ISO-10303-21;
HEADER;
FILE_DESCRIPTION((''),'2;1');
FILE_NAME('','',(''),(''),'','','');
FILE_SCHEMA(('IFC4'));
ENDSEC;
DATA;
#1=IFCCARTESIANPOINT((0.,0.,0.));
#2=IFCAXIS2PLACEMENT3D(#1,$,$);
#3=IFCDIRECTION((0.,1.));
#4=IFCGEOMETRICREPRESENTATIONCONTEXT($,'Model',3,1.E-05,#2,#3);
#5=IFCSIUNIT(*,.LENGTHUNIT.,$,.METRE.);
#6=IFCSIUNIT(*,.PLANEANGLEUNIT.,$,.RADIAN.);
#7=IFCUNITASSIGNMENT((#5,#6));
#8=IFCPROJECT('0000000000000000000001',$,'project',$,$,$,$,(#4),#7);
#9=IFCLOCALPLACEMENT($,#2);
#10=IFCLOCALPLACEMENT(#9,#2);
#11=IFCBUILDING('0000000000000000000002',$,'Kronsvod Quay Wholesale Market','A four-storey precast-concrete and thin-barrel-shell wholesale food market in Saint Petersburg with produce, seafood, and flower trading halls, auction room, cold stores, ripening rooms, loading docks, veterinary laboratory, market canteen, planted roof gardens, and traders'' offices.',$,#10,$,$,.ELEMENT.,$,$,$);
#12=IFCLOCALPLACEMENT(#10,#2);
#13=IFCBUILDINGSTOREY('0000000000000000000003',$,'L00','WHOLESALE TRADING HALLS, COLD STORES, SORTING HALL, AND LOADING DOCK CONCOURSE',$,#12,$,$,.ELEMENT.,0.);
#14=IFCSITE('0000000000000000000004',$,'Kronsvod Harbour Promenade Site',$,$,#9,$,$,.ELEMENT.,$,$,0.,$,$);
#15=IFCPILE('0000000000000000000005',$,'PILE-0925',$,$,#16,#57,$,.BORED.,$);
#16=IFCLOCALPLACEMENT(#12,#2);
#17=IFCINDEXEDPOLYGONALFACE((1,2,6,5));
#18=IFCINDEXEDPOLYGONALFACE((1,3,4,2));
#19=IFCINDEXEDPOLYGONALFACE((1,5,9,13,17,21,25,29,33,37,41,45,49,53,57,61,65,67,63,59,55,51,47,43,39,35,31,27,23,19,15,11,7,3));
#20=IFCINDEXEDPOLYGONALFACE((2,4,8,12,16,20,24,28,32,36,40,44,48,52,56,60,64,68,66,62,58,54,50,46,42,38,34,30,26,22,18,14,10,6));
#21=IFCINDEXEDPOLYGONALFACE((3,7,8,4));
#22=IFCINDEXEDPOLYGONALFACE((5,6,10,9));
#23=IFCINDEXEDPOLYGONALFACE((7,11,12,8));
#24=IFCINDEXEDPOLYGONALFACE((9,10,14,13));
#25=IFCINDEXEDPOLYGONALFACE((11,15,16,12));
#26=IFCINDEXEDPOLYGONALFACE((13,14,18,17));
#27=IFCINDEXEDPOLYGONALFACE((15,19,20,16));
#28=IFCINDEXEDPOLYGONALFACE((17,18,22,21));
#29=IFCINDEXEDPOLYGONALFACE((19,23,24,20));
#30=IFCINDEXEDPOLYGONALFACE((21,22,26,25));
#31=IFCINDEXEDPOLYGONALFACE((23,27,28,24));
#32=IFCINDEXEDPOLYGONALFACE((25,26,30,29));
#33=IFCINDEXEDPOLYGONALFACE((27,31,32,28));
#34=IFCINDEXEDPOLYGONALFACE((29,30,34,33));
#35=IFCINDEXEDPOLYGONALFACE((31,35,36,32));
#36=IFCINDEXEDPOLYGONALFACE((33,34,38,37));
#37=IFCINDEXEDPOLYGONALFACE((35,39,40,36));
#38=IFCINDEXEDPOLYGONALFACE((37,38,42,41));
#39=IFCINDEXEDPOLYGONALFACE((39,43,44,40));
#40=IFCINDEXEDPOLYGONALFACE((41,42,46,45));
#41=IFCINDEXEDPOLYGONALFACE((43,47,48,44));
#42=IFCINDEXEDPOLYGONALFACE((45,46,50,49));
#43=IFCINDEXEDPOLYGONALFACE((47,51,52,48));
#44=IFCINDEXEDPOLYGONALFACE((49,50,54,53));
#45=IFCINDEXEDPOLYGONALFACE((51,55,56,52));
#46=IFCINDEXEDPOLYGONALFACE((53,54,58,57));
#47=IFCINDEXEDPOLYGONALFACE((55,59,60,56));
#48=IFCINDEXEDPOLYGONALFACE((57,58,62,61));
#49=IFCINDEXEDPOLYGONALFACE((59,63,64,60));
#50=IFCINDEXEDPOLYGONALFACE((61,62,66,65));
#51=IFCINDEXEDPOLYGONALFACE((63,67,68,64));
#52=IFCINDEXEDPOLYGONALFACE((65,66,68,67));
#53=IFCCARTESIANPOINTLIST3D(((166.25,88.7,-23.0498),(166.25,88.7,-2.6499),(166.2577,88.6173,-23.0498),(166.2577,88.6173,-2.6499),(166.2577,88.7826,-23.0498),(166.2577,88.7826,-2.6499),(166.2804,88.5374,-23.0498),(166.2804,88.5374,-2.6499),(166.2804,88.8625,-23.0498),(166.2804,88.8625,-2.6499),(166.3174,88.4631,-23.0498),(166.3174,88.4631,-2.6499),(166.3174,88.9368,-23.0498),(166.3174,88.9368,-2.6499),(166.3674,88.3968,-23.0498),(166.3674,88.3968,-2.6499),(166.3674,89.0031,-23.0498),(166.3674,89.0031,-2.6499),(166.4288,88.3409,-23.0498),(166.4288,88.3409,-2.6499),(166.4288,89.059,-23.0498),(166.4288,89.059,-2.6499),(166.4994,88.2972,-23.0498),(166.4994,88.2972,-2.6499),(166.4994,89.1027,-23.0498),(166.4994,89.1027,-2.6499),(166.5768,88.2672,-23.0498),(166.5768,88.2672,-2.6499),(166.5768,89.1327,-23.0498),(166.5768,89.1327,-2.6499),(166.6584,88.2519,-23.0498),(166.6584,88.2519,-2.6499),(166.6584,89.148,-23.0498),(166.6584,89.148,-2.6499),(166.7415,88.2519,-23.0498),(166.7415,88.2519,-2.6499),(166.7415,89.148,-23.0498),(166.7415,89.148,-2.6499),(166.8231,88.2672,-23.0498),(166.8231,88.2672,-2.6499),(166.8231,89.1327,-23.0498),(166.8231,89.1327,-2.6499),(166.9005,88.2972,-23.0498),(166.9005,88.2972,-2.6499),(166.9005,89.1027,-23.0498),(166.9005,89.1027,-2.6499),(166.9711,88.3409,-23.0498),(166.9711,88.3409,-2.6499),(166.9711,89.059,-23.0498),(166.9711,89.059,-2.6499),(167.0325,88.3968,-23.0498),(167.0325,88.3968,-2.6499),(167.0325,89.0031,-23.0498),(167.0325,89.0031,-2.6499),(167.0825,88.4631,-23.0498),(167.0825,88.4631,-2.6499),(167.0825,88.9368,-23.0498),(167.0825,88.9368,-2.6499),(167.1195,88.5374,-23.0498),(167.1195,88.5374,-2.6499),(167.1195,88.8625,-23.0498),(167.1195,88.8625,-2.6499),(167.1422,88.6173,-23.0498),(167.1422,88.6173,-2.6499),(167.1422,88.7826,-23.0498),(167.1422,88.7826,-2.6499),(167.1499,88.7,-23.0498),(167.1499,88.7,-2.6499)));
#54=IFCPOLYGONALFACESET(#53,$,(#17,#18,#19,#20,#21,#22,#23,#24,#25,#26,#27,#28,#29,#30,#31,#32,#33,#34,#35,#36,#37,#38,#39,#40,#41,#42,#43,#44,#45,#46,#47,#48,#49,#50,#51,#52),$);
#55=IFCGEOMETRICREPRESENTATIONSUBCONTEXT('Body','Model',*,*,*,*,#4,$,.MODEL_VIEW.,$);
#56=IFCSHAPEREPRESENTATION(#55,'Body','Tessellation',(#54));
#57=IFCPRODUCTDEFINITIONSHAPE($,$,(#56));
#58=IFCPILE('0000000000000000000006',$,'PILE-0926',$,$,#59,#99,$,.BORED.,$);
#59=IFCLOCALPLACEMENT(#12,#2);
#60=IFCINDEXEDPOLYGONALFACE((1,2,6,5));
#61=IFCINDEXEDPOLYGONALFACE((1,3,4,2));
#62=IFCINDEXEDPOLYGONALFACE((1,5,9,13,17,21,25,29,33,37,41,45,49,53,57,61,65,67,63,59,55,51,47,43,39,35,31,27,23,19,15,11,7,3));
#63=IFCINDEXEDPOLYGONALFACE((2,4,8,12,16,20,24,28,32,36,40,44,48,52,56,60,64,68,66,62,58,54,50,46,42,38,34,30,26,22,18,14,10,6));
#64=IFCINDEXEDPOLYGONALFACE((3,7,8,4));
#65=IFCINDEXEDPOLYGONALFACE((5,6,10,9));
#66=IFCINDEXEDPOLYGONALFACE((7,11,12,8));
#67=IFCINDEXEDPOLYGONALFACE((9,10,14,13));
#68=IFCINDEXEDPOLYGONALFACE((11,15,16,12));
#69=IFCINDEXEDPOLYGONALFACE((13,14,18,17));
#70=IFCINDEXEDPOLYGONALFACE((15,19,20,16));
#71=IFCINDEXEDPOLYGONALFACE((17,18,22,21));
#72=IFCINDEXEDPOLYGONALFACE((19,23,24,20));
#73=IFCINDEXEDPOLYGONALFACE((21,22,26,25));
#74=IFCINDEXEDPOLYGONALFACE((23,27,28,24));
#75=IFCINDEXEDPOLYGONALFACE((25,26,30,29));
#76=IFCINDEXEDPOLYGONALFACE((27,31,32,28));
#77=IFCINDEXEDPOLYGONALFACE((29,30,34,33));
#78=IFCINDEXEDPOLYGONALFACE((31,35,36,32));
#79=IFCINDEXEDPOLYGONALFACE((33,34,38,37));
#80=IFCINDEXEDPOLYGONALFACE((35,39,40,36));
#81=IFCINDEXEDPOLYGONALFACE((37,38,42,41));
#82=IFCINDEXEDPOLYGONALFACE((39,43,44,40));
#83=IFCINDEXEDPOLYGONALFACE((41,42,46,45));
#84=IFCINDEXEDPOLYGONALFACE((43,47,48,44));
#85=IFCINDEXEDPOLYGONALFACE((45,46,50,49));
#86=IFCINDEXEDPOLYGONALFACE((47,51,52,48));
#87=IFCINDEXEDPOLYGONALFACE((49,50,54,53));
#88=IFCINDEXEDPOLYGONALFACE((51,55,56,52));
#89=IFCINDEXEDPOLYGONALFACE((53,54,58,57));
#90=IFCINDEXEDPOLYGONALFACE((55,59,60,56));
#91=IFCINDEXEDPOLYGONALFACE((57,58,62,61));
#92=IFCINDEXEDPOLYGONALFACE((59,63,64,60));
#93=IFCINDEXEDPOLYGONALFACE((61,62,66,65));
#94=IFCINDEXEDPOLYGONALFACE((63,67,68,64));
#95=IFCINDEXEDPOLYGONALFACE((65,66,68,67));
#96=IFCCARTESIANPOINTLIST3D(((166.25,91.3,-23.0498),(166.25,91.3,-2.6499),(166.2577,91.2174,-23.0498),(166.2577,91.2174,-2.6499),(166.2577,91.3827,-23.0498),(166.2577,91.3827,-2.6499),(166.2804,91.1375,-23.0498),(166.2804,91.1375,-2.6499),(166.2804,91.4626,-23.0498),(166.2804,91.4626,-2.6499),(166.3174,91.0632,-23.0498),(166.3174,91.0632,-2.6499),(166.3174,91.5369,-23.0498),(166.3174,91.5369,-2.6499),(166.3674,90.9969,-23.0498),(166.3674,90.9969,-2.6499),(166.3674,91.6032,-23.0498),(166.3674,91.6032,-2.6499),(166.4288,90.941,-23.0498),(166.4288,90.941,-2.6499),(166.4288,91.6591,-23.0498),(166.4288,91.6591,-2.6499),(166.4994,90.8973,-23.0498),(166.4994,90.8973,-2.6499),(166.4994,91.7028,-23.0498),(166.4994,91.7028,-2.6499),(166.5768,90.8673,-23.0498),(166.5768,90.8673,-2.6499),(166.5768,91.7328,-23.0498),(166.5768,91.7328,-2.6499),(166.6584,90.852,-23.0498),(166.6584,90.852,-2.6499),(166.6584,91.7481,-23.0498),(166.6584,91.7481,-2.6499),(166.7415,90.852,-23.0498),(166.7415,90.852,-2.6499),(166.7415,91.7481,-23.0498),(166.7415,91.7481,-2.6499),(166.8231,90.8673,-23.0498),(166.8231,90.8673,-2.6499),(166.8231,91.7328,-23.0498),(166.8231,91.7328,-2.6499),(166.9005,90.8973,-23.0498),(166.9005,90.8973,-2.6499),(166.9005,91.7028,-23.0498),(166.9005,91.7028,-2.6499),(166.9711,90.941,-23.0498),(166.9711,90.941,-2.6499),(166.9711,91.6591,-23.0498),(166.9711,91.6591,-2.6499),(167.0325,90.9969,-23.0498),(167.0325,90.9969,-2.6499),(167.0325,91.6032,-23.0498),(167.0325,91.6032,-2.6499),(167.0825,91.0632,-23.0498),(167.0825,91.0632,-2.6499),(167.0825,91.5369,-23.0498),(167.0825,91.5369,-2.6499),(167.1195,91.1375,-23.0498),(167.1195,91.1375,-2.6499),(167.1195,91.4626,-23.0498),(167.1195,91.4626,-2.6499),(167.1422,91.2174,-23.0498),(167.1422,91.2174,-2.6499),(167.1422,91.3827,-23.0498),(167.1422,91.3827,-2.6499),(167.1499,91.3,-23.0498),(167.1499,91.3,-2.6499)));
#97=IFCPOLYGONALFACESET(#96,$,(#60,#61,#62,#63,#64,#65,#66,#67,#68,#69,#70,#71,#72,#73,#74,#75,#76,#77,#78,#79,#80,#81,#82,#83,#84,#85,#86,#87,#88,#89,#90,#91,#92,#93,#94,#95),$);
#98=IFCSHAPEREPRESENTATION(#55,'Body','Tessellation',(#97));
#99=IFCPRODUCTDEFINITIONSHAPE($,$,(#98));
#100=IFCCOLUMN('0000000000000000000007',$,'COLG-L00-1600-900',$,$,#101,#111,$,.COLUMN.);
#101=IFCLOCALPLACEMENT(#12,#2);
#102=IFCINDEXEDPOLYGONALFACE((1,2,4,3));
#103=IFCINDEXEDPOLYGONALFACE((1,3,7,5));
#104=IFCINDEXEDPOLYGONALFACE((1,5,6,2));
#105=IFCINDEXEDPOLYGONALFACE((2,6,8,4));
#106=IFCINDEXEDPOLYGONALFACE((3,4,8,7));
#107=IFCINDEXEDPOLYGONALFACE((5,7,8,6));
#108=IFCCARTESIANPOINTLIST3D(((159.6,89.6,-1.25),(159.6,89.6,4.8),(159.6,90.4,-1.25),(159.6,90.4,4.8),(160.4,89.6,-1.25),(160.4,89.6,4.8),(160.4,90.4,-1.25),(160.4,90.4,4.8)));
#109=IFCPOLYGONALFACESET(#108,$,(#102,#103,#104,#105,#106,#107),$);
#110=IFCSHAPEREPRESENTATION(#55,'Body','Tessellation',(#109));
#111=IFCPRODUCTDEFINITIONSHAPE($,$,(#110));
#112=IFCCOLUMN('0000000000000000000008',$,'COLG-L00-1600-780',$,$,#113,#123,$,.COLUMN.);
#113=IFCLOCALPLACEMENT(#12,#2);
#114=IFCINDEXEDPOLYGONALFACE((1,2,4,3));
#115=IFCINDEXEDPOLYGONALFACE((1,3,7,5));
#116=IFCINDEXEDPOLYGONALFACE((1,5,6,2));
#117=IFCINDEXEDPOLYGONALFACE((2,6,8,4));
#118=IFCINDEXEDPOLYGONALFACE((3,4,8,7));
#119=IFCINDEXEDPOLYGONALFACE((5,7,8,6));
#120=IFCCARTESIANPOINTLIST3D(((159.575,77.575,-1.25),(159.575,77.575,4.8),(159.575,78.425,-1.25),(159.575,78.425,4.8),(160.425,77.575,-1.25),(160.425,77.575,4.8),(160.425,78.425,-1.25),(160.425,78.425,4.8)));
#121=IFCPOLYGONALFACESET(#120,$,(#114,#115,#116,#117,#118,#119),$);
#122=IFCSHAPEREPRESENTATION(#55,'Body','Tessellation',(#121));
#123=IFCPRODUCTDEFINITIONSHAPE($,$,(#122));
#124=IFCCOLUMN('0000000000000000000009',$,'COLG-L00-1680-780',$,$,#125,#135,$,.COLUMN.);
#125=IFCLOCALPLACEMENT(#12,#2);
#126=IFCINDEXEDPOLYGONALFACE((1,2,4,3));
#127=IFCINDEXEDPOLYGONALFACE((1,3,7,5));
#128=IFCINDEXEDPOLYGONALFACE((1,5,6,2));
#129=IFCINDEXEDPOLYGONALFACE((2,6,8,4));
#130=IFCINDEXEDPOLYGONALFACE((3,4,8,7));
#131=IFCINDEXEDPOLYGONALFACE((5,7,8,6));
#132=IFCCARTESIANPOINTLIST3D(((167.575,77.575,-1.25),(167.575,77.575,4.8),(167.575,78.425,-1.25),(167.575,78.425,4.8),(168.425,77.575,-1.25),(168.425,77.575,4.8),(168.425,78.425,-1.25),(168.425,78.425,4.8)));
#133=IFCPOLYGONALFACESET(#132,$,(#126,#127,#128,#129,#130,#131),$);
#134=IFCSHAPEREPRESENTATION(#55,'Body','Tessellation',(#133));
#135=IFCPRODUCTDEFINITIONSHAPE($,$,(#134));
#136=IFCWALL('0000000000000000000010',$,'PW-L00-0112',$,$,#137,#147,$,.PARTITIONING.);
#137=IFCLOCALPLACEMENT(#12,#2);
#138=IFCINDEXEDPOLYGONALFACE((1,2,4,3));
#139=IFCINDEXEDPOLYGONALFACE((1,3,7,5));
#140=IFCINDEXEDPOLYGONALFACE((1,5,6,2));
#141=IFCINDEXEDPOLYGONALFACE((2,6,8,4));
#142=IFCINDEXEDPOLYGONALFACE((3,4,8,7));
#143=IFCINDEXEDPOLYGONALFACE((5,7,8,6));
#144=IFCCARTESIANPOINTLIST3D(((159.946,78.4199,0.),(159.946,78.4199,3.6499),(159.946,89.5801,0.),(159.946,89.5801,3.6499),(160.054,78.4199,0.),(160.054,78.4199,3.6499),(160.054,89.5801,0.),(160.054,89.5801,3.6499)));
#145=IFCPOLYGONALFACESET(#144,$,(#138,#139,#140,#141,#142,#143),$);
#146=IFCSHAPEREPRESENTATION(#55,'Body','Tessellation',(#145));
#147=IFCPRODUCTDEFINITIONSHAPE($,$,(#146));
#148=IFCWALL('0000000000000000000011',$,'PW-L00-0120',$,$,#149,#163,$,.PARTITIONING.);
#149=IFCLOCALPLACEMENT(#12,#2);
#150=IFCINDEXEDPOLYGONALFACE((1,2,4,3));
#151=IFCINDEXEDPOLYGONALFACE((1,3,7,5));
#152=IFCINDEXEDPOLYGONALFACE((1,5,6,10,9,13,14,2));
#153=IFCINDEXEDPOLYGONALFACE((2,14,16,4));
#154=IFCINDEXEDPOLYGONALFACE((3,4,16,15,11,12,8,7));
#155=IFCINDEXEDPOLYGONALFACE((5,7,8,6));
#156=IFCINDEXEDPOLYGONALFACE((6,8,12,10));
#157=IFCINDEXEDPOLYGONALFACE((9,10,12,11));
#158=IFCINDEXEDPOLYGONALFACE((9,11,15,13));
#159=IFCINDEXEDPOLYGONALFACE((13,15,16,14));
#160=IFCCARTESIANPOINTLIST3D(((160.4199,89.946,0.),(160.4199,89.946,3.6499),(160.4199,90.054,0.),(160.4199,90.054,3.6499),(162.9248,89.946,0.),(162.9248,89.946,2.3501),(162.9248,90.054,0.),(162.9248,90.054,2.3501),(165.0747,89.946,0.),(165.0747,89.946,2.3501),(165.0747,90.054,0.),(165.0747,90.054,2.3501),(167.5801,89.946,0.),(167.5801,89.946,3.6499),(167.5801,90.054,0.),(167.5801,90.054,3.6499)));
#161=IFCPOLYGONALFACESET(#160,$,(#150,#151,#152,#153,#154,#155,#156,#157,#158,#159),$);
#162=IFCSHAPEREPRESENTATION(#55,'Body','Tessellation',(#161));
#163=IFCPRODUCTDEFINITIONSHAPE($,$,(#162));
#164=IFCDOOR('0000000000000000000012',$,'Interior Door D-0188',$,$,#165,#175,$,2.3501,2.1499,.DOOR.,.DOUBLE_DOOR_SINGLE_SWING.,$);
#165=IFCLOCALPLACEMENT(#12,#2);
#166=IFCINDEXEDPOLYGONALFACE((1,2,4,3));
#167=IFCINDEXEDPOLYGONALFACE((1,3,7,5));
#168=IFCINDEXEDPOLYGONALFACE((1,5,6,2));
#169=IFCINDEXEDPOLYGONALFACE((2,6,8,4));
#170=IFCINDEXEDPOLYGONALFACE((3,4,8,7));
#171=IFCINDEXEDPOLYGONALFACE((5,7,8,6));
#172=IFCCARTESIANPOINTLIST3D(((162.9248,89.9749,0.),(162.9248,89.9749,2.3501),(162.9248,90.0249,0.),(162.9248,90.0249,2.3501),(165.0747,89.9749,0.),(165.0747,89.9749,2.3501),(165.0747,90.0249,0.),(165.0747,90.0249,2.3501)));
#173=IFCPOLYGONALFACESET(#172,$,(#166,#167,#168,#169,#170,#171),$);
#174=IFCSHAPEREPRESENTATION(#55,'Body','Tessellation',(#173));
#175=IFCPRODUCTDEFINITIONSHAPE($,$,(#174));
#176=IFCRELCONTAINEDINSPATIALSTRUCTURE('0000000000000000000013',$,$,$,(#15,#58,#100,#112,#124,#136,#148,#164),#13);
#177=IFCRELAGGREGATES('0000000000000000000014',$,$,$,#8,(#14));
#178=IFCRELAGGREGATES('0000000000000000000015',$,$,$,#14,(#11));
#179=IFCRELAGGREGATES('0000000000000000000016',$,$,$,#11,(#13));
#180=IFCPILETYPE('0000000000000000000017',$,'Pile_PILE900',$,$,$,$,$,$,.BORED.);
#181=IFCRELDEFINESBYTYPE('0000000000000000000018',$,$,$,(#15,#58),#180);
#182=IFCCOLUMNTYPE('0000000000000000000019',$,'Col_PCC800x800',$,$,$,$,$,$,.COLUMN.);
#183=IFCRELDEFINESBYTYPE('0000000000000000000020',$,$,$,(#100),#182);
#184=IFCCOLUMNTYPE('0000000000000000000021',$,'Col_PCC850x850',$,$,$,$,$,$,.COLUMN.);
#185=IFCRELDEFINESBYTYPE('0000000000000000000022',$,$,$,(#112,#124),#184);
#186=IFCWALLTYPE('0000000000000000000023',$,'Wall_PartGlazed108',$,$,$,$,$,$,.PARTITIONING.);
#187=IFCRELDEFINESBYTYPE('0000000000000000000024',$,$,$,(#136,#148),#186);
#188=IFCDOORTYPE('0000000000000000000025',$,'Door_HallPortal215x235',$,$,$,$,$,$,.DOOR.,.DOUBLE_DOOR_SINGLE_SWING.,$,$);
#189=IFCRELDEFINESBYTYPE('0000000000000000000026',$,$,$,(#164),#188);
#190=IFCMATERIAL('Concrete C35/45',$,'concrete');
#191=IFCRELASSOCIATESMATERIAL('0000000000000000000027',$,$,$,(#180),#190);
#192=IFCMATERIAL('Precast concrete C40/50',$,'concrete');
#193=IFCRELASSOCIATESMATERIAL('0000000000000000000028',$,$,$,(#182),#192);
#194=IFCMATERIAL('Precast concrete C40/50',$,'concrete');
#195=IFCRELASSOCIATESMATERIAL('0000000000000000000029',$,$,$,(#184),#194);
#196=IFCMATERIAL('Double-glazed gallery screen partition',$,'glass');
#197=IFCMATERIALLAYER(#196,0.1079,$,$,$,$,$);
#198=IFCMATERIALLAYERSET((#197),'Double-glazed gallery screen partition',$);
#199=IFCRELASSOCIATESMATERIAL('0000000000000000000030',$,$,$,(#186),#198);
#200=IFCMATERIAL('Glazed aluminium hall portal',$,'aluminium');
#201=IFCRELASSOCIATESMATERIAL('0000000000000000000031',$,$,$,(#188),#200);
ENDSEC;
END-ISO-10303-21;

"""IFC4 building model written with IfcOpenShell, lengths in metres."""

from ifc_helpers import new_model, si_unit, direction, frame, frame_2d, origin, origin_2d, place, context, subcontext, project, spatial, rectangle, circle, extrude, material, layer, layer_set, material_profile, profile_set, type_object, element, fill, save


model = new_model("IFC4")

# Units and contexts
model_context = context("Model", 3, precision=1e-05, world=origin(), true_north=direction((0.0, 1.0)))
body_context = subcontext(model_context, "Body", "Model", "MODEL_VIEW")
ifc_project = project(units=[si_unit("LENGTHUNIT", "METRE"), si_unit("PLANEANGLEUNIT", "RADIAN")], contexts=[model_context])

# Site, building, storey
site_placement = place(None, origin())
site = spatial("IfcSite", under=ifc_project, at=site_placement, Name="Kronsvod Harbour Promenade Site", CompositionType="ELEMENT", RefElevation=0.0)
building_placement = place(site_placement, origin())
building = spatial("IfcBuilding", under=site, at=building_placement, Name="Kronsvod Quay Wholesale Market", Description="A four-storey precast-concrete and thin-barrel-shell wholesale food market in Saint Petersburg with produce, seafood, and flower trading halls, auction room, cold stores, ripening rooms, loading docks, veterinary laboratory, market canteen, planted roof gardens, and traders' offices.", CompositionType="ELEMENT")
storey_placement = place(building_placement, origin())
storey = spatial("IfcBuildingStorey", under=building, at=storey_placement, Name="L00", Description="WHOLESALE TRADING HALLS, COLD STORES, SORTING HALL, AND LOADING DOCK CONCOURSE", CompositionType="ELEMENT", Elevation=0.0)

# Piles
ifc_material_1 = material(Name="Concrete C35/45", Category="concrete")
ifc_material_profile_1 = material_profile(ifc_material_1, circle(Radius=0.45, at=origin_2d()), Name="PILE900")
ifc_profile_set_1 = profile_set([ifc_material_profile_1], Name="Concrete C35/45")
pile_type_1 = type_object("IfcPileType", Name="Pile_PILE900", PredefinedType="BORED", material=ifc_profile_set_1)
for number, where, z_axis, x_axis, name in (
    (1, (166.7, 88.7, -2.6499), (0.0, 0.0, -1.0), (1.0, 0.0, 0.0), "PILE-0925"),
    (2, (166.7, 91.3, -2.6499), (0.0, 0.0, -1.0), (1.0, 0.0, 0.0), "PILE-0926"),
):
    element("IfcPile", number, at=place(storey_placement, frame(where, z_axis=z_axis, x_axis=x_axis)), inside=storey, type_object=pile_type_1, Name=name, PredefinedType="BORED", context=body_context, shape_type="SweptSolid", body=[
        extrude(circle(Radius=0.45, at=origin_2d()), origin(), (0.0, 0.0, 1.0), 20.3999),
    ])

# Columns
ifc_material_2 = material(Name="Precast concrete C40/50", Category="concrete")
ifc_material_profile_2 = material_profile(ifc_material_2, rectangle(XDim=0.8, YDim=0.8, at=origin_2d()), Name="PCC800x800")
ifc_profile_set_2 = profile_set([ifc_material_profile_2], Name="Precast concrete C40/50")
column_type_1 = type_object("IfcColumnType", Name="Col_PCC800x800", PredefinedType="COLUMN", material=ifc_profile_set_2)
column_placement = place(storey_placement, frame((160.0, 90.0, -1.25), z_axis=(0.0, 0.0, 1.0), x_axis=(1.0, 0.0, 0.0)))
element("IfcColumn", 3, at=column_placement, inside=storey, type_object=column_type_1, Name="COLG-L00-1600-900", PredefinedType="COLUMN", context=body_context, shape_type="SweptSolid", body=[
    extrude(rectangle(XDim=0.8, YDim=0.8, at=origin_2d()), origin(), (0.0, 0.0, 1.0), 6.05),
])
ifc_material_3 = material(Name="Precast concrete C40/50", Category="concrete")
ifc_material_profile_3 = material_profile(ifc_material_3, rectangle(XDim=0.8501, YDim=0.8501, at=origin_2d()), Name="COL-06")
ifc_profile_set_3 = profile_set([ifc_material_profile_3], Name="Precast concrete C40/50")
column_type_2 = type_object("IfcColumnType", Name="Col_PCC850x850", PredefinedType="COLUMN", material=ifc_profile_set_3)
for number, where, z_axis, x_axis, name in (
    (4, (160.0, 78.0, -1.25), (0.0, 0.0, 1.0), (1.0, 0.0, 0.0), "COLG-L00-1600-780"),
    (5, (168.0, 78.0, -1.25), (0.0, 0.0, 1.0), (1.0, 0.0, 0.0), "COLG-L00-1680-780"),
):
    element("IfcColumn", number, at=place(storey_placement, frame(where, z_axis=z_axis, x_axis=x_axis)), inside=storey, type_object=column_type_2, Name=name, PredefinedType="COLUMN", context=body_context, shape_type="SweptSolid", body=[
        extrude(rectangle(XDim=0.8501, YDim=0.8501, at=origin_2d()), origin(), (0.0, 0.0, 1.0), 6.05),
    ])

# Wall
ifc_material_4 = material(Name="Double-glazed gallery screen partition", Category="glass")
ifc_layer_1 = layer(ifc_material_4, 0.1079)
ifc_layer_set_1 = layer_set([ifc_layer_1], Name="Double-glazed gallery screen partition")
wall_type_1 = type_object("IfcWallType", Name="Wall_PartGlazed108", PredefinedType="PARTITIONING", material=ifc_layer_set_1)
wall_1_placement = place(storey_placement, frame((160.0, 78.4199, 0.0), z_axis=(0.0, 0.0, 1.0), x_axis=(0.0, 1.0, 0.0)))
element("IfcWall", 6, at=wall_1_placement, inside=storey, type_object=wall_type_1, Name="PW-L00-0112", PredefinedType="PARTITIONING", context=body_context, shape_type="SweptSolid", body=[
    extrude(rectangle(XDim=11.1602, YDim=0.1079, at=frame_2d((5.5801, 0.0))), origin(), (0.0, 0.0, 1.0), 3.6499),
])

# Wall, opening, door
wall_2_placement = place(storey_placement, frame((160.4199, 90.0, 0.0), z_axis=(0.0, 0.0, 1.0), x_axis=(1.0, 0.0, 0.0)))
wall_2 = element("IfcWall", 7, at=wall_2_placement, inside=storey, type_object=wall_type_1, Name="PW-L00-0120", PredefinedType="PARTITIONING", context=body_context, shape_type="SweptSolid", body=[
    extrude(rectangle(XDim=7.1602, YDim=0.1079, at=frame_2d((3.5801, 0.0))), origin(), (0.0, 0.0, 1.0), 3.6499),
])
opening_1_placement = place(wall_2_placement, frame((2.5049, 0.0, 0.0)))
opening_1 = element("IfcOpeningElement", 8, at=opening_1_placement, cuts=wall_2, PredefinedType="OPENING", context=body_context, shape_type="SweptSolid", body=[
    extrude(rectangle(XDim=2.1499, YDim=2.3501, at=frame_2d((1.075, 1.175))), frame((0.0, 0.064, 0.0), z_axis=(0.0, -1.0, 0.0), x_axis=(1.0, 0.0, 0.0)), (0.0, 0.0, 1.0), 0.1279),
])
ifc_material_5 = material(Name="Glazed aluminium hall portal", Category="aluminium")
door_type_1 = type_object("IfcDoorType", Name="Door_HallPortal215x235", OperationType="DOUBLE_DOOR_SINGLE_SWING", PredefinedType="DOOR", material=ifc_material_5)
door_1_placement = place(opening_1_placement, origin())
door_1 = element("IfcDoor", 9, at=door_1_placement, inside=storey, type_object=door_type_1, Name="Interior Door D-0188", OperationType="DOUBLE_DOOR_SINGLE_SWING", OverallHeight=2.3501, OverallWidth=2.1499, PredefinedType="DOOR", context=body_context, shape_type="SweptSolid", body=[
    extrude(rectangle(XDim=2.1499, YDim=2.3501, at=frame_2d((1.075, 1.175))), frame((0.0, 0.0249, 0.0), z_axis=(0.0, -1.0, 0.0), x_axis=(1.0, 0.0, 0.0)), (0.0, 0.0, 1.0), 0.05),
])
fill(opening_1, door_1)

save(model, "model.ifc")
